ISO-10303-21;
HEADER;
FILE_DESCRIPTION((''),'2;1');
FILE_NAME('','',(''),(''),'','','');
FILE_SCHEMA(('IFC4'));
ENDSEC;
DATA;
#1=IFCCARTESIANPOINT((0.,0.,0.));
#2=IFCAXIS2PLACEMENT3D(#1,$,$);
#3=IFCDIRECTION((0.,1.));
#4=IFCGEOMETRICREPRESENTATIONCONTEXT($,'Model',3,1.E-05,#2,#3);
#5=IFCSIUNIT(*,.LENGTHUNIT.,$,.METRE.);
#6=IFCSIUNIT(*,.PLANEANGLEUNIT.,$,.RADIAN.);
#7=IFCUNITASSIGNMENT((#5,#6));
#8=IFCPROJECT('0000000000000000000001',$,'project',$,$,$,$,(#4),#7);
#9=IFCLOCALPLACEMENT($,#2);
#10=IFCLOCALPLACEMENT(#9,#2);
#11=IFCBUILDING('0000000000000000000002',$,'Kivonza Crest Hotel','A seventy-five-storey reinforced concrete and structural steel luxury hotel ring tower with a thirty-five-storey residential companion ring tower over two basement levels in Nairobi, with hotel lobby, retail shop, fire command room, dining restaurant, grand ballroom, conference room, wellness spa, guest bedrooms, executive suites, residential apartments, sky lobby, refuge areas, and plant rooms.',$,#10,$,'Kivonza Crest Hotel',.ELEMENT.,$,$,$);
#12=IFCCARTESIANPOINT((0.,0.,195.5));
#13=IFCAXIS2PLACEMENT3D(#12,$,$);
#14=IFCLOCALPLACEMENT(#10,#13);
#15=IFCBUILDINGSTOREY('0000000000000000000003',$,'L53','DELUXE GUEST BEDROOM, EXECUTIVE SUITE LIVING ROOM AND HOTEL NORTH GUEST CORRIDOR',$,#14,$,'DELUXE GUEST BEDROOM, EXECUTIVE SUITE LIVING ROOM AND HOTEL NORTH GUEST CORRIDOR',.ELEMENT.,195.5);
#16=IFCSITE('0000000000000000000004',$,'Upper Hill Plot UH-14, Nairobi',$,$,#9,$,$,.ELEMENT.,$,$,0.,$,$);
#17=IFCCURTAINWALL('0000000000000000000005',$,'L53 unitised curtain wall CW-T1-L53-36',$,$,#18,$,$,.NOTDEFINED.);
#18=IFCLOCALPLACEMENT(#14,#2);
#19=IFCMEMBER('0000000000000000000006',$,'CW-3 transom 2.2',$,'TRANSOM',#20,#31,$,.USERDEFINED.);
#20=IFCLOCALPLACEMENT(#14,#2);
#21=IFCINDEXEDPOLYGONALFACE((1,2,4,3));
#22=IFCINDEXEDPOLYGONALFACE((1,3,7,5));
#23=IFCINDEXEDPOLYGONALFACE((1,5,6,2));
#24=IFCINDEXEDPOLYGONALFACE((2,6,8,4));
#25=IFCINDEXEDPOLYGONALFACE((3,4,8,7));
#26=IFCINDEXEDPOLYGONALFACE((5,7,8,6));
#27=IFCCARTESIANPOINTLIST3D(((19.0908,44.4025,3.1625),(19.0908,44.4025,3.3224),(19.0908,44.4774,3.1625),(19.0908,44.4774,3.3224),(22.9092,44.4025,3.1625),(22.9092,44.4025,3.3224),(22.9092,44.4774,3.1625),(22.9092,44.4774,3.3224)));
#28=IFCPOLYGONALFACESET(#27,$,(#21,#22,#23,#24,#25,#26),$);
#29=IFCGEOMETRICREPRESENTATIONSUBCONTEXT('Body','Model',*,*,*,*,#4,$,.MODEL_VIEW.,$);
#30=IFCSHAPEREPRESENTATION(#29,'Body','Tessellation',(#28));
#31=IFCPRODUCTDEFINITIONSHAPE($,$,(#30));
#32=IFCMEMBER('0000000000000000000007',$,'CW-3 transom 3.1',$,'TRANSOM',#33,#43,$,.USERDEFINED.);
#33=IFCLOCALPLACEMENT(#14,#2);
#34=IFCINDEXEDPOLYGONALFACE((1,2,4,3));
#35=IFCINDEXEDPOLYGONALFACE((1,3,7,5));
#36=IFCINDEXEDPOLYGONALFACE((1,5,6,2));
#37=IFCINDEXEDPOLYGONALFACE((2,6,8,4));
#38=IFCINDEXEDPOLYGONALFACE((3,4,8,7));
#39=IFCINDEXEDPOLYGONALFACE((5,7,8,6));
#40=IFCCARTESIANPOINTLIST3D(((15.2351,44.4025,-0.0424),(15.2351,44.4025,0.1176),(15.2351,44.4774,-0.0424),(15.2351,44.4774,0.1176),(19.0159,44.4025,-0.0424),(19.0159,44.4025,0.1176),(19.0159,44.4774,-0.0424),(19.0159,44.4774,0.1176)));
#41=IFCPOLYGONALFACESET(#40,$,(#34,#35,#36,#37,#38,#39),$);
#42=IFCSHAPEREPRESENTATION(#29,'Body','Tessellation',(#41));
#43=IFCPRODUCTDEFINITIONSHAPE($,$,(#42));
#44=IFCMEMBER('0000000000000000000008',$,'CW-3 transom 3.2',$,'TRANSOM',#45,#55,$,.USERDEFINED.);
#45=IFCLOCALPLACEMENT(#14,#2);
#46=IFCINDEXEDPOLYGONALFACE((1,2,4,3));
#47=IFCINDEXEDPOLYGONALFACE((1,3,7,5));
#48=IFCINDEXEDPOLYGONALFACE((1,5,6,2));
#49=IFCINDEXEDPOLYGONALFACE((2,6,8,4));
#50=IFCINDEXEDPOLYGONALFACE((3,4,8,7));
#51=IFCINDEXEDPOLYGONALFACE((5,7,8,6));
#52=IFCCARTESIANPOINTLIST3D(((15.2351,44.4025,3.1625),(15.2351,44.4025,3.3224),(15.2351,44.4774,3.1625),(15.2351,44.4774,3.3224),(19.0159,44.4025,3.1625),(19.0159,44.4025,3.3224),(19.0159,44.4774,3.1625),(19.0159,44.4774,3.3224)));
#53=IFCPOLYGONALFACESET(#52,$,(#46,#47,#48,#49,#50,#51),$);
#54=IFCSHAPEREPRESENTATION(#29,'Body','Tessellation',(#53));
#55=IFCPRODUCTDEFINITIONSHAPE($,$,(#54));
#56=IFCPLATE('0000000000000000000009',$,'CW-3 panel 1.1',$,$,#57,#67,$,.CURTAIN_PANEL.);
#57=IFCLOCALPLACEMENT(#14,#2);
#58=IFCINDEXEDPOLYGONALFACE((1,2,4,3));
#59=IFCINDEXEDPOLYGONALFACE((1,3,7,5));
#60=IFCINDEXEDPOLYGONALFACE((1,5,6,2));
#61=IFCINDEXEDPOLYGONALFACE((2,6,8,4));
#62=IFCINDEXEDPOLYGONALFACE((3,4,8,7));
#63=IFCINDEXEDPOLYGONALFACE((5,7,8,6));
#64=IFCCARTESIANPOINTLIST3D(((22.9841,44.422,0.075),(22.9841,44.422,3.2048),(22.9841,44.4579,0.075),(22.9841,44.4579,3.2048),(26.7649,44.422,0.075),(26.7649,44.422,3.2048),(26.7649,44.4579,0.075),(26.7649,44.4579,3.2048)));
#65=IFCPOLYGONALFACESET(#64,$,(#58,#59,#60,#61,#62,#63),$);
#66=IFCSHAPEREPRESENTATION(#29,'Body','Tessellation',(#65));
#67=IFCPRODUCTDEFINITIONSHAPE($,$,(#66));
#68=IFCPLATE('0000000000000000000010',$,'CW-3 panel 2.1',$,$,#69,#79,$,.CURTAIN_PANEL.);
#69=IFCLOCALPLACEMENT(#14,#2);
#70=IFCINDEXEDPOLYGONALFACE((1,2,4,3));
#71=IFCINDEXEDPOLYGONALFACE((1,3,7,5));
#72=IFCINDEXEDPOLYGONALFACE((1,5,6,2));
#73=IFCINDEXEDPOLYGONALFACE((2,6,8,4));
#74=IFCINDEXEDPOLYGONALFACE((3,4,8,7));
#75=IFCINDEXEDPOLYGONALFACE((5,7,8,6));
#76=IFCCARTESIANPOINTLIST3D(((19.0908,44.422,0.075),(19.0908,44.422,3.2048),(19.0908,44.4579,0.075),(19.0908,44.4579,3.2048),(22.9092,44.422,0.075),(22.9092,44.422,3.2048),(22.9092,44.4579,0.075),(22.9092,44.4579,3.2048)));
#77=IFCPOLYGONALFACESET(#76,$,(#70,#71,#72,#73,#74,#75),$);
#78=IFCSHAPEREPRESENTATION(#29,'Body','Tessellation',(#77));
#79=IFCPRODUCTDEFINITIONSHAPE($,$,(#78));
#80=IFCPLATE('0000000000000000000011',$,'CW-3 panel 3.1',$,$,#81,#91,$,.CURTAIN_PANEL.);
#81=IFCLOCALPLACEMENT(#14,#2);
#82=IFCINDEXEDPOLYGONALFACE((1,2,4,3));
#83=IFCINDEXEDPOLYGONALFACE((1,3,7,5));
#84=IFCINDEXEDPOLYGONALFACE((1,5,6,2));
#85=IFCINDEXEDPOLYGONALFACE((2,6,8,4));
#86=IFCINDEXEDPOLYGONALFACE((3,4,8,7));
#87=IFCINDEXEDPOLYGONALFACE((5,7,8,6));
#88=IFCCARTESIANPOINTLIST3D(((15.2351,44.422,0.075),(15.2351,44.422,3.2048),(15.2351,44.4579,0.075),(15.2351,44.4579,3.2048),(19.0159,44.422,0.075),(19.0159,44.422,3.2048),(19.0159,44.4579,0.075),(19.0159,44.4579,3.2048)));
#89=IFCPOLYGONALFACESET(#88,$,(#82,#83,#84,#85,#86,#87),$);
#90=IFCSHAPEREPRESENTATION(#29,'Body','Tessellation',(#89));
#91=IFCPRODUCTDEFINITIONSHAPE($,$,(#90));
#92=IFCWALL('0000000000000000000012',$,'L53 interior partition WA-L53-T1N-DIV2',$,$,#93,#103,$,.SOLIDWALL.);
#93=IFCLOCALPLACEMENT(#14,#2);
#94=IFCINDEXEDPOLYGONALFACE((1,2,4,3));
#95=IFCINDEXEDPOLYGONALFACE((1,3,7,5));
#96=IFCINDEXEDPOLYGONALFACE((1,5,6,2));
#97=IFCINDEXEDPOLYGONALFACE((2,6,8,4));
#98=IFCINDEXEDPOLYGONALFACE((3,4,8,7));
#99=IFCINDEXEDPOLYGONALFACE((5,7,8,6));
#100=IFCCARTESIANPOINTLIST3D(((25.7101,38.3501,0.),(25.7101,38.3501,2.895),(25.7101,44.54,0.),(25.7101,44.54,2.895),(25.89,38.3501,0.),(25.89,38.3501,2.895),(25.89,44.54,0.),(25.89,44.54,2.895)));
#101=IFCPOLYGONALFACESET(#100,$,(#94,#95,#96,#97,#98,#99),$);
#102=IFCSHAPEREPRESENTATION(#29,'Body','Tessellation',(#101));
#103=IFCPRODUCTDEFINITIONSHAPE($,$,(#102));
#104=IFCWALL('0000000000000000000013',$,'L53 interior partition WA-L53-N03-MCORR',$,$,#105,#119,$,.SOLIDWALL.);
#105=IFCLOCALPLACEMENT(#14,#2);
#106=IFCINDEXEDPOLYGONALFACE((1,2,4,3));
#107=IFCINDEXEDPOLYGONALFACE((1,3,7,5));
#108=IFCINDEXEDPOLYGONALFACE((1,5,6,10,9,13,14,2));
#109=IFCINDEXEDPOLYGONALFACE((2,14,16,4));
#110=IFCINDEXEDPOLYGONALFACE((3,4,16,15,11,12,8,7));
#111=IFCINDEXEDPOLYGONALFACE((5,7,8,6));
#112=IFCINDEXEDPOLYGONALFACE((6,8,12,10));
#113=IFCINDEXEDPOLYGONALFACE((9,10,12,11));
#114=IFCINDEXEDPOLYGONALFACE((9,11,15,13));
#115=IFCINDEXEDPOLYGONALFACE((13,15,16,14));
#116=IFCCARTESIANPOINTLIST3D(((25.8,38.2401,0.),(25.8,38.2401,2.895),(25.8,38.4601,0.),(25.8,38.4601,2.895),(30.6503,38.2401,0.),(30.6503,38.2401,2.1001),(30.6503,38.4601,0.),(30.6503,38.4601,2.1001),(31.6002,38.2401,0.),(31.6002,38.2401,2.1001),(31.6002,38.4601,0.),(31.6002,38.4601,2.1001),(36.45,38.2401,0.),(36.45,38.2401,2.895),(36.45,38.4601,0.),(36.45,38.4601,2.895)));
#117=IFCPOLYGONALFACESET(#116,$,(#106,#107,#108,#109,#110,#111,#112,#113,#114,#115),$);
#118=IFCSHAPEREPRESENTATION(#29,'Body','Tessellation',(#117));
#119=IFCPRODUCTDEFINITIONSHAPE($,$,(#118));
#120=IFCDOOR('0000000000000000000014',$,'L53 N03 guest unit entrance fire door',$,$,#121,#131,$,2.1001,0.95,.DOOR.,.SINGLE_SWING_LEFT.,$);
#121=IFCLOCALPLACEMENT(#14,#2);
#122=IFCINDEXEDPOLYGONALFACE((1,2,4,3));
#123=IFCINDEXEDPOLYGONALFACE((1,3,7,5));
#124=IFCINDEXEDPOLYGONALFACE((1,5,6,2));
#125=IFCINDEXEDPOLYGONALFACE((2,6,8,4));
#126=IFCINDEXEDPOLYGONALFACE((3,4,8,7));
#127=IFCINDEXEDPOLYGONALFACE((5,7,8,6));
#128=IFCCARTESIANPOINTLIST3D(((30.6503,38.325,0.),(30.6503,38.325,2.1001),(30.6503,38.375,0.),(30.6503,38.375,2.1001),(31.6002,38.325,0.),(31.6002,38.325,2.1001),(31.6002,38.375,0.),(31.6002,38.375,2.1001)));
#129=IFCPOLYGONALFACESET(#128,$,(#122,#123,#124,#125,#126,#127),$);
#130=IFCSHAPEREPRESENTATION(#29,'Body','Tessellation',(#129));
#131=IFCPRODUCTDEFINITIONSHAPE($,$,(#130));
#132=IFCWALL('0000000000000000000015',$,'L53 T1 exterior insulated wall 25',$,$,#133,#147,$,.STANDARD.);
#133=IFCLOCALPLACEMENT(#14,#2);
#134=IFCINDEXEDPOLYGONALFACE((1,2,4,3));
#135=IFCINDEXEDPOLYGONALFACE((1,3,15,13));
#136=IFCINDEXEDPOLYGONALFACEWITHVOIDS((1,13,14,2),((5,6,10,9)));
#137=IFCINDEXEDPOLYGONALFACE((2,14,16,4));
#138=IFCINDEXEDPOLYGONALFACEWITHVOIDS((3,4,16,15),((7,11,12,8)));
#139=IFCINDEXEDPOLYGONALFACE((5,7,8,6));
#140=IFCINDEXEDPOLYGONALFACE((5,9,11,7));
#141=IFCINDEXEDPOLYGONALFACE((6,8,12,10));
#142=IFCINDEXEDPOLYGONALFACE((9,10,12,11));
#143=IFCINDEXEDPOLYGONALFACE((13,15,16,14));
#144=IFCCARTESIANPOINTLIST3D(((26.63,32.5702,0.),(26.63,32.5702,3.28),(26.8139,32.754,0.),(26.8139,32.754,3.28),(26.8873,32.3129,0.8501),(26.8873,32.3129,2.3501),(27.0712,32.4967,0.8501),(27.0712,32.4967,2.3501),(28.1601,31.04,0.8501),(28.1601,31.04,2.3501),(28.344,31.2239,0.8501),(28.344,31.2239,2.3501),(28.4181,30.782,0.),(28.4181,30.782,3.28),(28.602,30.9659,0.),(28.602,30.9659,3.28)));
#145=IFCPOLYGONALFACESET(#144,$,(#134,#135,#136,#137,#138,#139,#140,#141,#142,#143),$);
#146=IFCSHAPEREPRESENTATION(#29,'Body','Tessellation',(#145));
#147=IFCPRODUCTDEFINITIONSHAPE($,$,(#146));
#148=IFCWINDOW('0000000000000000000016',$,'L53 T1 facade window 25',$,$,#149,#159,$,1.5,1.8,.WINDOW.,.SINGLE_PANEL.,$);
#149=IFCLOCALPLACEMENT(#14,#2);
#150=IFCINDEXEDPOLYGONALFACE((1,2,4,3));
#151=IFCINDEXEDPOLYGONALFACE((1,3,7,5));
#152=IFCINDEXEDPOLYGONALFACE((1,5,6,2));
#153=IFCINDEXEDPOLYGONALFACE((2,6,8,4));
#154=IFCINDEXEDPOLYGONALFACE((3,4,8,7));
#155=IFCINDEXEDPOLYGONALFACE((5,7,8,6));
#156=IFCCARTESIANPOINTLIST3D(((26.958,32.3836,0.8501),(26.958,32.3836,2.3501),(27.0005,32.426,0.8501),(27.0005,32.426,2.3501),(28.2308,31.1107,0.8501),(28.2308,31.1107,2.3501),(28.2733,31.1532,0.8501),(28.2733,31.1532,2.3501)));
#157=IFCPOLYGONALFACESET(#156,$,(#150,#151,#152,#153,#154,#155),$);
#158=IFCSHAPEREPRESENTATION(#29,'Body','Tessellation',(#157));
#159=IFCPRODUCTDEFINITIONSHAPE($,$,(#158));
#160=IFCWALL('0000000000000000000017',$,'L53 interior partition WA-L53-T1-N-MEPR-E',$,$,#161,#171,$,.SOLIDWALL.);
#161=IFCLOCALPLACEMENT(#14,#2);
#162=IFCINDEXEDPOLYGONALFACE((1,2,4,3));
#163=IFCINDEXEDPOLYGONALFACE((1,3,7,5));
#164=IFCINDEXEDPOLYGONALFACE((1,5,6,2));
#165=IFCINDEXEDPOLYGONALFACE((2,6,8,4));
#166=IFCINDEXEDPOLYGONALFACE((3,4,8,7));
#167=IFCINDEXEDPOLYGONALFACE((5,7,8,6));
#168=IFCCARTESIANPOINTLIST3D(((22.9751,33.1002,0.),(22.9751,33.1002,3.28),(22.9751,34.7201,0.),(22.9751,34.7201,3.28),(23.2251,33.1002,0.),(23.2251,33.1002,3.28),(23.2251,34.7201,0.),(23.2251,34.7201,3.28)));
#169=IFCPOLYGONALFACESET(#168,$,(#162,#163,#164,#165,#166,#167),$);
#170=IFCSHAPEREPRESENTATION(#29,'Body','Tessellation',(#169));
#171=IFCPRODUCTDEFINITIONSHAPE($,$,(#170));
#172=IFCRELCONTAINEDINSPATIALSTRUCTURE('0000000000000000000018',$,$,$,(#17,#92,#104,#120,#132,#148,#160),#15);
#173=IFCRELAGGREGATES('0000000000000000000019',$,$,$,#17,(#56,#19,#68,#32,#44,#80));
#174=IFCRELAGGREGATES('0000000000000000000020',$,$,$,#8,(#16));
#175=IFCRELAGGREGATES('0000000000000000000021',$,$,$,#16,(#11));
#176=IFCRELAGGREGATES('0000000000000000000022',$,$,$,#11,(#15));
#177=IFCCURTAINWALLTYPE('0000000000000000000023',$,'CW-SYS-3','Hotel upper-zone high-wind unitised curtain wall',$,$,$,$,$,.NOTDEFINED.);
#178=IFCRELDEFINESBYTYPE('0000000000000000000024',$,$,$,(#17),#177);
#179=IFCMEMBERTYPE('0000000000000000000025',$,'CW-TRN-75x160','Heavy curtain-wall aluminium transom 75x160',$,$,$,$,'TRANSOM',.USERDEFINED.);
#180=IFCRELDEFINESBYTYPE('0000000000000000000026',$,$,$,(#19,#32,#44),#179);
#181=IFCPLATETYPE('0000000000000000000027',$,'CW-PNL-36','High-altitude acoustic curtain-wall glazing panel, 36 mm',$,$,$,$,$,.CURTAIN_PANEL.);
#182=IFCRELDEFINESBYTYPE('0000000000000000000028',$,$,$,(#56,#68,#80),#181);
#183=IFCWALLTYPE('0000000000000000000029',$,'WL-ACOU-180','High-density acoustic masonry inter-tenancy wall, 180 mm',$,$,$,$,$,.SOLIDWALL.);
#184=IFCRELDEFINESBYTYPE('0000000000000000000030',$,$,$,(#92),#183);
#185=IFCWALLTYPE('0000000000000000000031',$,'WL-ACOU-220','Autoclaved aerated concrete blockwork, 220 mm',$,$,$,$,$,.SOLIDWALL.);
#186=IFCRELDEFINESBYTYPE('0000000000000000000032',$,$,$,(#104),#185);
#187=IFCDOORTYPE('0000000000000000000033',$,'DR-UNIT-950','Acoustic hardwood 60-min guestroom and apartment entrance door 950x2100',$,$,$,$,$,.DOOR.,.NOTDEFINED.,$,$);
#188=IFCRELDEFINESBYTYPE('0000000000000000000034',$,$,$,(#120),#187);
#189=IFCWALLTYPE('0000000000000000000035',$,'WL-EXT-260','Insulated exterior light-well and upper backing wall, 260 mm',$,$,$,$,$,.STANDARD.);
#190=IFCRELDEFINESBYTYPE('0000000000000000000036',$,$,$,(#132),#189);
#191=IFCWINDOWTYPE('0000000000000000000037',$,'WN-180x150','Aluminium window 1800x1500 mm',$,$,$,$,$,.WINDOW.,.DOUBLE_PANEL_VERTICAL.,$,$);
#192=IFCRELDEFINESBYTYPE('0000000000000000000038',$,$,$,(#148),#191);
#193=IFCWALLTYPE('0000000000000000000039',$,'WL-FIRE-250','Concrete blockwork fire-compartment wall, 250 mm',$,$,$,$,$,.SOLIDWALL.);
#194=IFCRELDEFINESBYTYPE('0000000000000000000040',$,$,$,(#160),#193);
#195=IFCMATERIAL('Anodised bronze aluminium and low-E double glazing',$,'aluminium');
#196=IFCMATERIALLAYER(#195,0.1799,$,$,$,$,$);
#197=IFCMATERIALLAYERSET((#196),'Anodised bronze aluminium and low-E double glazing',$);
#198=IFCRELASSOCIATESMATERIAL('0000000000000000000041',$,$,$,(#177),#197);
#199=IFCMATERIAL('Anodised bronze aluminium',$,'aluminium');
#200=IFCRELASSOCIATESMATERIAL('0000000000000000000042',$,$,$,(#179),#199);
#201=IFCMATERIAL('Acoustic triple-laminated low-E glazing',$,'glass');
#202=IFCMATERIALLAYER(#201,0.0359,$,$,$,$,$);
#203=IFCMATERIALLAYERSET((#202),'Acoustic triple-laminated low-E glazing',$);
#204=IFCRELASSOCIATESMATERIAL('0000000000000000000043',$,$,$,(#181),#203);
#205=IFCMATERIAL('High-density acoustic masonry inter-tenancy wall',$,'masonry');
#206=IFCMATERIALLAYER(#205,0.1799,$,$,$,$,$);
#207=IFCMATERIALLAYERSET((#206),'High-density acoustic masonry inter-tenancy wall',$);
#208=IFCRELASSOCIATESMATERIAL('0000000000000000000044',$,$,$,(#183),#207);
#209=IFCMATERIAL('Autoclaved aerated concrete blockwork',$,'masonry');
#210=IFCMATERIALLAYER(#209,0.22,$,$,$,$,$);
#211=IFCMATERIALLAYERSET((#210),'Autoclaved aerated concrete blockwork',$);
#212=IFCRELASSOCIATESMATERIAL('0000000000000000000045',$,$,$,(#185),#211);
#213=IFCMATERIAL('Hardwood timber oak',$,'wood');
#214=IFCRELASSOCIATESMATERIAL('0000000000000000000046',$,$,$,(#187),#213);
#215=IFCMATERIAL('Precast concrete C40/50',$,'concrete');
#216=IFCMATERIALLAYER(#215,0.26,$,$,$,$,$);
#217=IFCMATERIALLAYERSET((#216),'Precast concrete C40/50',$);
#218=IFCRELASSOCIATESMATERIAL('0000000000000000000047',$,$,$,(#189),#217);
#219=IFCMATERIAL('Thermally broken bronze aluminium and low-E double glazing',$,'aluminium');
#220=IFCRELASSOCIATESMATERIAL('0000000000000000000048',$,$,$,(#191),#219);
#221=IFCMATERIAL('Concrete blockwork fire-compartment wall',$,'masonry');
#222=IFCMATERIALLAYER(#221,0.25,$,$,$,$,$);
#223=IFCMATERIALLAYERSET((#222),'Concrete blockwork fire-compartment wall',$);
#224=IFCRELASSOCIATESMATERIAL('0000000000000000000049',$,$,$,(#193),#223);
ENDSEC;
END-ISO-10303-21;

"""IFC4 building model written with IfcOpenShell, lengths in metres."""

from ifc_helpers import new_model, si_unit, direction, frame, frame_2d, origin, origin_2d, place, context, subcontext, project, spatial, rectangle, extrude, material, layer, layer_set, material_profile, profile_set, type_object, element, fill, aggregate, save


model = new_model("IFC4")

# Units and contexts
model_context = context("Model", 3, precision=1e-05, world=origin(), true_north=direction((0.0, 1.0)))
body_context = subcontext(model_context, "Body", "Model", "MODEL_VIEW")
ifc_project = project(units=[si_unit("LENGTHUNIT", "METRE"), si_unit("PLANEANGLEUNIT", "RADIAN")], contexts=[model_context])

# Site, building, storey
site_placement = place(None, origin())
site = spatial("IfcSite", under=ifc_project, at=site_placement, Name="Upper Hill Plot UH-14, Nairobi", CompositionType="ELEMENT", RefElevation=0.0)
building_placement = place(site_placement, origin())
building = spatial("IfcBuilding", under=site, at=building_placement, Name="Kivonza Crest Hotel", Description="A seventy-five-storey reinforced concrete and structural steel luxury hotel ring tower with a thirty-five-storey residential companion ring tower over two basement levels in Nairobi, with hotel lobby, retail shop, fire command room, dining restaurant, grand ballroom, conference room, wellness spa, guest bedrooms, executive suites, residential apartments, sky lobby, refuge areas, and plant rooms.", LongName="Kivonza Crest Hotel", CompositionType="ELEMENT")
storey_placement = place(building_placement, frame((0.0, 0.0, 195.5)))
storey = spatial("IfcBuildingStorey", under=building, at=storey_placement, Name="L53", Description="DELUXE GUEST BEDROOM, EXECUTIVE SUITE LIVING ROOM AND HOTEL NORTH GUEST CORRIDOR", LongName="DELUXE GUEST BEDROOM, EXECUTIVE SUITE LIVING ROOM AND HOTEL NORTH GUEST CORRIDOR", CompositionType="ELEMENT", Elevation=195.5)

# Curtain wall, members, plates
ifc_material_1 = material(Name="Anodised bronze aluminium and low-E double glazing", Category="aluminium")
ifc_layer_1 = layer(ifc_material_1, 0.1799)
ifc_layer_set_1 = layer_set([ifc_layer_1], Name="Anodised bronze aluminium and low-E double glazing")
curtain_wall_type = type_object("IfcCurtainWallType", Name="CW-SYS-3", Description="Hotel upper-zone high-wind unitised curtain wall", PredefinedType="NOTDEFINED", material=ifc_layer_set_1)
curtain_wall_placement = place(storey_placement, origin())
curtain_wall = element("IfcCurtainWall", 1, at=curtain_wall_placement, inside=storey, type_object=curtain_wall_type, Name="L53 unitised curtain wall CW-T1-L53-36", PredefinedType="NOTDEFINED")
ifc_material_2 = material(Name="Anodised bronze aluminium", Category="aluminium")
ifc_material_profile_1 = material_profile(ifc_material_2, rectangle(XDim=0.075, YDim=0.1599, at=origin_2d()), Name="CW-T 75x160")
ifc_profile_set_1 = profile_set([ifc_material_profile_1], Name="Anodised bronze aluminium")
member_type_1 = type_object("IfcMemberType", Name="CW-TRN-75x160", Description="Heavy curtain-wall aluminium transom 75x160", ElementType="TRANSOM", PredefinedType="USERDEFINED", material=ifc_profile_set_1)
member_1_placement = place(storey_placement, frame((22.9092, 44.4399, 3.2424), z_axis=(-1.0, 0.0, 0.0), x_axis=(0.0, -1.0, 0.0)))
member_1 = element("IfcMember", 2, at=member_1_placement, type_object=member_type_1, Name="CW-3 transom 2.2", ObjectType="TRANSOM", PredefinedType="USERDEFINED", context=body_context, shape_type="SweptSolid", body=[
    extrude(rectangle(XDim=0.075, YDim=0.1599, at=origin_2d()), origin(), (0.0, 0.0, 1.0), 3.8184),
])
member_2_placement = place(storey_placement, frame((19.0159, 44.4399, 0.0376), z_axis=(-1.0, 0.0, 0.0), x_axis=(0.0, -1.0, 0.0)))
member_2 = element("IfcMember", 3, at=member_2_placement, type_object=member_type_1, Name="CW-3 transom 3.1", ObjectType="TRANSOM", PredefinedType="USERDEFINED", context=body_context, shape_type="SweptSolid", body=[
    extrude(rectangle(XDim=0.075, YDim=0.1599, at=origin_2d()), origin(), (0.0, 0.0, 1.0), 3.7808),
])
member_3_placement = place(storey_placement, frame((19.0159, 44.4399, 3.2424), z_axis=(-1.0, 0.0, 0.0), x_axis=(0.0, -1.0, 0.0)))
member_3 = element("IfcMember", 4, at=member_3_placement, type_object=member_type_1, Name="CW-3 transom 3.2", ObjectType="TRANSOM", PredefinedType="USERDEFINED", context=body_context, shape_type="SweptSolid", body=[
    extrude(rectangle(XDim=0.075, YDim=0.1599, at=origin_2d()), origin(), (0.0, 0.0, 1.0), 3.7808),
])
ifc_material_3 = material(Name="Acoustic triple-laminated low-E glazing", Category="glass")
ifc_layer_2 = layer(ifc_material_3, 0.0359)
ifc_layer_set_2 = layer_set([ifc_layer_2], Name="Acoustic triple-laminated low-E glazing")
plate_type = type_object("IfcPlateType", Name="CW-PNL-36", Description="High-altitude acoustic curtain-wall glazing panel, 36 mm", PredefinedType="CURTAIN_PANEL", material=ifc_layer_set_2)
plate_1_placement = place(storey_placement, frame((24.8745, 44.4399, 0.075), z_axis=(0.0, 0.0, 1.0), x_axis=(-1.0, 0.0, 0.0)))
plate_1 = element("IfcPlate", 5, at=plate_1_placement, type_object=plate_type, Name="CW-3 panel 1.1", PredefinedType="CURTAIN_PANEL", context=body_context, shape_type="SweptSolid", body=[
    extrude(rectangle(XDim=3.7808, YDim=0.0359, at=origin_2d()), origin(), (0.0, 0.0, 1.0), 3.1299),
])
plate_2_placement = place(storey_placement, frame((21.0, 44.4399, 0.075), z_axis=(0.0, 0.0, 1.0), x_axis=(-1.0, 0.0, 0.0)))
plate_2 = element("IfcPlate", 6, at=plate_2_placement, type_object=plate_type, Name="CW-3 panel 2.1", PredefinedType="CURTAIN_PANEL", context=body_context, shape_type="SweptSolid", body=[
    extrude(rectangle(XDim=3.8184, YDim=0.0359, at=origin_2d()), origin(), (0.0, 0.0, 1.0), 3.1299),
])
plate_3_placement = place(storey_placement, frame((17.1255, 44.4399, 0.075), z_axis=(0.0, 0.0, 1.0), x_axis=(-1.0, 0.0, 0.0)))
plate_3 = element("IfcPlate", 7, at=plate_3_placement, type_object=plate_type, Name="CW-3 panel 3.1", PredefinedType="CURTAIN_PANEL", context=body_context, shape_type="SweptSolid", body=[
    extrude(rectangle(XDim=3.7808, YDim=0.0359, at=origin_2d()), origin(), (0.0, 0.0, 1.0), 3.1299),
])
aggregate(curtain_wall, [plate_1, member_1, plate_2, member_2, member_3, plate_3])

# Wall
ifc_material_4 = material(Name="High-density acoustic masonry inter-tenancy wall", Category="masonry")
ifc_layer_3 = layer(ifc_material_4, 0.1799)
ifc_layer_set_3 = layer_set([ifc_layer_3], Name="High-density acoustic masonry inter-tenancy wall")
wall_type_1 = type_object("IfcWallType", Name="WL-ACOU-180", Description="High-density acoustic masonry inter-tenancy wall, 180 mm", PredefinedType="SOLIDWALL", material=ifc_layer_set_3)
wall_1_placement = place(storey_placement, frame((25.8, 38.3501, 0.0), z_axis=(0.0, 0.0, 1.0), x_axis=(0.0, 1.0, 0.0)))
element("IfcWall", 8, at=wall_1_placement, inside=storey, type_object=wall_type_1, Name="L53 interior partition WA-L53-T1N-DIV2", PredefinedType="SOLIDWALL", context=body_context, shape_type="SweptSolid", body=[
    extrude(rectangle(XDim=6.1899, YDim=0.1799, at=frame_2d((3.095, 0.0))), origin(), (0.0, 0.0, 1.0), 2.895),
])

# Wall, opening, door
ifc_material_5 = material(Name="Autoclaved aerated concrete blockwork", Category="masonry")
ifc_layer_4 = layer(ifc_material_5, 0.22)
ifc_layer_set_4 = layer_set([ifc_layer_4], Name="Autoclaved aerated concrete blockwork")
wall_type_2 = type_object("IfcWallType", Name="WL-ACOU-220", Description="Autoclaved aerated concrete blockwork, 220 mm", PredefinedType="SOLIDWALL", material=ifc_layer_set_4)
wall_2_placement = place(storey_placement, frame((25.8, 38.3501, 0.0), z_axis=(0.0, 0.0, 1.0), x_axis=(1.0, 0.0, 0.0)))
wall_2 = element("IfcWall", 9, at=wall_2_placement, inside=storey, type_object=wall_type_2, Name="L53 interior partition WA-L53-N03-MCORR", PredefinedType="SOLIDWALL", context=body_context, shape_type="SweptSolid", body=[
    extrude(rectangle(XDim=10.6499, YDim=0.22, at=frame_2d((5.325, 0.0))), origin(), (0.0, 0.0, 1.0), 2.895),
])
opening_1_placement = place(wall_2_placement, frame((4.8501, 0.0, 0.0)))
opening_1 = element("IfcOpeningElement", 10, at=opening_1_placement, cuts=wall_2, PredefinedType="OPENING", context=body_context, shape_type="SweptSolid", body=[
    extrude(rectangle(XDim=0.95, YDim=2.1001, at=frame_2d((0.4751, 1.05))), frame((0.0, 0.1201, 0.0), z_axis=(0.0, -1.0, 0.0), x_axis=(1.0, 0.0, 0.0)), (0.0, 0.0, 1.0), 0.24),
])
ifc_material_6 = material(Name="Hardwood timber oak", Category="wood")
door_type_1 = type_object("IfcDoorType", Name="DR-UNIT-950", Description="Acoustic hardwood 60-min guestroom and apartment entrance door 950x2100", OperationType="NOTDEFINED", PredefinedType="DOOR", material=ifc_material_6)
door_1_placement = place(opening_1_placement, origin())
door_1 = element("IfcDoor", 11, at=door_1_placement, inside=storey, type_object=door_type_1, Name="L53 N03 guest unit entrance fire door", OperationType="SINGLE_SWING_LEFT", OverallHeight=2.1001, OverallWidth=0.95, PredefinedType="DOOR", context=body_context, shape_type="SweptSolid", body=[
    extrude(rectangle(XDim=0.95, YDim=2.1001, at=frame_2d((0.4751, 1.05))), frame((0.0, 0.0249, 0.0), z_axis=(0.0, -1.0, 0.0), x_axis=(1.0, 0.0, 0.0)), (0.0, 0.0, 1.0), 0.05),
])
fill(opening_1, door_1)

# Wall, opening, window
ifc_material_7 = material(Name="Precast concrete C40/50", Category="concrete")
ifc_layer_5 = layer(ifc_material_7, 0.26)
ifc_layer_set_5 = layer_set([ifc_layer_5], Name="Precast concrete C40/50")
wall_type_3 = type_object("IfcWallType", Name="WL-EXT-260", Description="Insulated exterior light-well and upper backing wall, 260 mm", PredefinedType="STANDARD", material=ifc_layer_set_5)
wall_3_placement = place(storey_placement, frame((26.7219, 32.6621, 0.0), z_axis=(0.0, 0.0, 1.0), x_axis=(0.707107, -0.707107, 0.0)))
wall_3 = element("IfcWall", 12, at=wall_3_placement, inside=storey, type_object=wall_type_3, Name="L53 T1 exterior insulated wall 25", PredefinedType="STANDARD", context=body_context, shape_type="SweptSolid", body=[
    extrude(rectangle(XDim=2.5288, YDim=0.26, at=frame_2d((1.2644, 0.0))), origin(), (0.0, 0.0, 1.0), 3.28),
])
opening_2_placement = place(wall_3_placement, frame((0.364, 0.0, 0.8501)))
opening_2 = element("IfcOpeningElement", 13, at=opening_2_placement, cuts=wall_3, PredefinedType="OPENING", context=body_context, shape_type="SweptSolid", body=[
    extrude(rectangle(XDim=1.8, YDim=1.5, at=frame_2d((0.8999, 0.75))), frame((0.0, 0.1401, 0.0), z_axis=(0.0, -1.0, 0.0), x_axis=(1.0, 0.0, 0.0)), (0.0, 0.0, 1.0), 0.28),
])
ifc_material_8 = material(Name="Thermally broken bronze aluminium and low-E double glazing", Category="aluminium")
window_type = type_object("IfcWindowType", Name="WN-180x150", Description="Aluminium window 1800x1500 mm", PartitioningType="DOUBLE_PANEL_VERTICAL", PredefinedType="WINDOW", material=ifc_material_8)
window_placement = place(opening_2_placement, origin())
window = element("IfcWindow", 14, at=window_placement, inside=storey, type_object=window_type, Name="L53 T1 facade window 25", OverallHeight=1.5, OverallWidth=1.8, PartitioningType="SINGLE_PANEL", PredefinedType="WINDOW", context=body_context, shape_type="SweptSolid", body=[
    extrude(rectangle(XDim=1.8, YDim=1.5, at=frame_2d((0.8999, 0.75))), frame((0.0, 0.03, 0.0), z_axis=(0.0, -1.0, 0.0), x_axis=(1.0, 0.0, 0.0)), (0.0, 0.0, 1.0), 0.0601),
])
fill(opening_2, window)

# Wall
ifc_material_9 = material(Name="Concrete blockwork fire-compartment wall", Category="masonry")
ifc_layer_6 = layer(ifc_material_9, 0.25)
ifc_layer_set_6 = layer_set([ifc_layer_6], Name="Concrete blockwork fire-compartment wall")
wall_type_4 = type_object("IfcWallType", Name="WL-FIRE-250", Description="Concrete blockwork fire-compartment wall, 250 mm", PredefinedType="SOLIDWALL", material=ifc_layer_set_6)
wall_4_placement = place(storey_placement, frame((23.1001, 33.1001, 0.0), z_axis=(0.0, 0.0, 1.0), x_axis=(0.0, 1.0, 0.0)))
element("IfcWall", 15, at=wall_4_placement, inside=storey, type_object=wall_type_4, Name="L53 interior partition WA-L53-T1-N-MEPR-E", PredefinedType="SOLIDWALL", context=body_context, shape_type="SweptSolid", body=[
    extrude(rectangle(XDim=1.6199, YDim=0.25, at=frame_2d((0.8101, 0.0))), origin(), (0.0, 0.0, 1.0), 3.28),
])

save(model, "model.ifc")
